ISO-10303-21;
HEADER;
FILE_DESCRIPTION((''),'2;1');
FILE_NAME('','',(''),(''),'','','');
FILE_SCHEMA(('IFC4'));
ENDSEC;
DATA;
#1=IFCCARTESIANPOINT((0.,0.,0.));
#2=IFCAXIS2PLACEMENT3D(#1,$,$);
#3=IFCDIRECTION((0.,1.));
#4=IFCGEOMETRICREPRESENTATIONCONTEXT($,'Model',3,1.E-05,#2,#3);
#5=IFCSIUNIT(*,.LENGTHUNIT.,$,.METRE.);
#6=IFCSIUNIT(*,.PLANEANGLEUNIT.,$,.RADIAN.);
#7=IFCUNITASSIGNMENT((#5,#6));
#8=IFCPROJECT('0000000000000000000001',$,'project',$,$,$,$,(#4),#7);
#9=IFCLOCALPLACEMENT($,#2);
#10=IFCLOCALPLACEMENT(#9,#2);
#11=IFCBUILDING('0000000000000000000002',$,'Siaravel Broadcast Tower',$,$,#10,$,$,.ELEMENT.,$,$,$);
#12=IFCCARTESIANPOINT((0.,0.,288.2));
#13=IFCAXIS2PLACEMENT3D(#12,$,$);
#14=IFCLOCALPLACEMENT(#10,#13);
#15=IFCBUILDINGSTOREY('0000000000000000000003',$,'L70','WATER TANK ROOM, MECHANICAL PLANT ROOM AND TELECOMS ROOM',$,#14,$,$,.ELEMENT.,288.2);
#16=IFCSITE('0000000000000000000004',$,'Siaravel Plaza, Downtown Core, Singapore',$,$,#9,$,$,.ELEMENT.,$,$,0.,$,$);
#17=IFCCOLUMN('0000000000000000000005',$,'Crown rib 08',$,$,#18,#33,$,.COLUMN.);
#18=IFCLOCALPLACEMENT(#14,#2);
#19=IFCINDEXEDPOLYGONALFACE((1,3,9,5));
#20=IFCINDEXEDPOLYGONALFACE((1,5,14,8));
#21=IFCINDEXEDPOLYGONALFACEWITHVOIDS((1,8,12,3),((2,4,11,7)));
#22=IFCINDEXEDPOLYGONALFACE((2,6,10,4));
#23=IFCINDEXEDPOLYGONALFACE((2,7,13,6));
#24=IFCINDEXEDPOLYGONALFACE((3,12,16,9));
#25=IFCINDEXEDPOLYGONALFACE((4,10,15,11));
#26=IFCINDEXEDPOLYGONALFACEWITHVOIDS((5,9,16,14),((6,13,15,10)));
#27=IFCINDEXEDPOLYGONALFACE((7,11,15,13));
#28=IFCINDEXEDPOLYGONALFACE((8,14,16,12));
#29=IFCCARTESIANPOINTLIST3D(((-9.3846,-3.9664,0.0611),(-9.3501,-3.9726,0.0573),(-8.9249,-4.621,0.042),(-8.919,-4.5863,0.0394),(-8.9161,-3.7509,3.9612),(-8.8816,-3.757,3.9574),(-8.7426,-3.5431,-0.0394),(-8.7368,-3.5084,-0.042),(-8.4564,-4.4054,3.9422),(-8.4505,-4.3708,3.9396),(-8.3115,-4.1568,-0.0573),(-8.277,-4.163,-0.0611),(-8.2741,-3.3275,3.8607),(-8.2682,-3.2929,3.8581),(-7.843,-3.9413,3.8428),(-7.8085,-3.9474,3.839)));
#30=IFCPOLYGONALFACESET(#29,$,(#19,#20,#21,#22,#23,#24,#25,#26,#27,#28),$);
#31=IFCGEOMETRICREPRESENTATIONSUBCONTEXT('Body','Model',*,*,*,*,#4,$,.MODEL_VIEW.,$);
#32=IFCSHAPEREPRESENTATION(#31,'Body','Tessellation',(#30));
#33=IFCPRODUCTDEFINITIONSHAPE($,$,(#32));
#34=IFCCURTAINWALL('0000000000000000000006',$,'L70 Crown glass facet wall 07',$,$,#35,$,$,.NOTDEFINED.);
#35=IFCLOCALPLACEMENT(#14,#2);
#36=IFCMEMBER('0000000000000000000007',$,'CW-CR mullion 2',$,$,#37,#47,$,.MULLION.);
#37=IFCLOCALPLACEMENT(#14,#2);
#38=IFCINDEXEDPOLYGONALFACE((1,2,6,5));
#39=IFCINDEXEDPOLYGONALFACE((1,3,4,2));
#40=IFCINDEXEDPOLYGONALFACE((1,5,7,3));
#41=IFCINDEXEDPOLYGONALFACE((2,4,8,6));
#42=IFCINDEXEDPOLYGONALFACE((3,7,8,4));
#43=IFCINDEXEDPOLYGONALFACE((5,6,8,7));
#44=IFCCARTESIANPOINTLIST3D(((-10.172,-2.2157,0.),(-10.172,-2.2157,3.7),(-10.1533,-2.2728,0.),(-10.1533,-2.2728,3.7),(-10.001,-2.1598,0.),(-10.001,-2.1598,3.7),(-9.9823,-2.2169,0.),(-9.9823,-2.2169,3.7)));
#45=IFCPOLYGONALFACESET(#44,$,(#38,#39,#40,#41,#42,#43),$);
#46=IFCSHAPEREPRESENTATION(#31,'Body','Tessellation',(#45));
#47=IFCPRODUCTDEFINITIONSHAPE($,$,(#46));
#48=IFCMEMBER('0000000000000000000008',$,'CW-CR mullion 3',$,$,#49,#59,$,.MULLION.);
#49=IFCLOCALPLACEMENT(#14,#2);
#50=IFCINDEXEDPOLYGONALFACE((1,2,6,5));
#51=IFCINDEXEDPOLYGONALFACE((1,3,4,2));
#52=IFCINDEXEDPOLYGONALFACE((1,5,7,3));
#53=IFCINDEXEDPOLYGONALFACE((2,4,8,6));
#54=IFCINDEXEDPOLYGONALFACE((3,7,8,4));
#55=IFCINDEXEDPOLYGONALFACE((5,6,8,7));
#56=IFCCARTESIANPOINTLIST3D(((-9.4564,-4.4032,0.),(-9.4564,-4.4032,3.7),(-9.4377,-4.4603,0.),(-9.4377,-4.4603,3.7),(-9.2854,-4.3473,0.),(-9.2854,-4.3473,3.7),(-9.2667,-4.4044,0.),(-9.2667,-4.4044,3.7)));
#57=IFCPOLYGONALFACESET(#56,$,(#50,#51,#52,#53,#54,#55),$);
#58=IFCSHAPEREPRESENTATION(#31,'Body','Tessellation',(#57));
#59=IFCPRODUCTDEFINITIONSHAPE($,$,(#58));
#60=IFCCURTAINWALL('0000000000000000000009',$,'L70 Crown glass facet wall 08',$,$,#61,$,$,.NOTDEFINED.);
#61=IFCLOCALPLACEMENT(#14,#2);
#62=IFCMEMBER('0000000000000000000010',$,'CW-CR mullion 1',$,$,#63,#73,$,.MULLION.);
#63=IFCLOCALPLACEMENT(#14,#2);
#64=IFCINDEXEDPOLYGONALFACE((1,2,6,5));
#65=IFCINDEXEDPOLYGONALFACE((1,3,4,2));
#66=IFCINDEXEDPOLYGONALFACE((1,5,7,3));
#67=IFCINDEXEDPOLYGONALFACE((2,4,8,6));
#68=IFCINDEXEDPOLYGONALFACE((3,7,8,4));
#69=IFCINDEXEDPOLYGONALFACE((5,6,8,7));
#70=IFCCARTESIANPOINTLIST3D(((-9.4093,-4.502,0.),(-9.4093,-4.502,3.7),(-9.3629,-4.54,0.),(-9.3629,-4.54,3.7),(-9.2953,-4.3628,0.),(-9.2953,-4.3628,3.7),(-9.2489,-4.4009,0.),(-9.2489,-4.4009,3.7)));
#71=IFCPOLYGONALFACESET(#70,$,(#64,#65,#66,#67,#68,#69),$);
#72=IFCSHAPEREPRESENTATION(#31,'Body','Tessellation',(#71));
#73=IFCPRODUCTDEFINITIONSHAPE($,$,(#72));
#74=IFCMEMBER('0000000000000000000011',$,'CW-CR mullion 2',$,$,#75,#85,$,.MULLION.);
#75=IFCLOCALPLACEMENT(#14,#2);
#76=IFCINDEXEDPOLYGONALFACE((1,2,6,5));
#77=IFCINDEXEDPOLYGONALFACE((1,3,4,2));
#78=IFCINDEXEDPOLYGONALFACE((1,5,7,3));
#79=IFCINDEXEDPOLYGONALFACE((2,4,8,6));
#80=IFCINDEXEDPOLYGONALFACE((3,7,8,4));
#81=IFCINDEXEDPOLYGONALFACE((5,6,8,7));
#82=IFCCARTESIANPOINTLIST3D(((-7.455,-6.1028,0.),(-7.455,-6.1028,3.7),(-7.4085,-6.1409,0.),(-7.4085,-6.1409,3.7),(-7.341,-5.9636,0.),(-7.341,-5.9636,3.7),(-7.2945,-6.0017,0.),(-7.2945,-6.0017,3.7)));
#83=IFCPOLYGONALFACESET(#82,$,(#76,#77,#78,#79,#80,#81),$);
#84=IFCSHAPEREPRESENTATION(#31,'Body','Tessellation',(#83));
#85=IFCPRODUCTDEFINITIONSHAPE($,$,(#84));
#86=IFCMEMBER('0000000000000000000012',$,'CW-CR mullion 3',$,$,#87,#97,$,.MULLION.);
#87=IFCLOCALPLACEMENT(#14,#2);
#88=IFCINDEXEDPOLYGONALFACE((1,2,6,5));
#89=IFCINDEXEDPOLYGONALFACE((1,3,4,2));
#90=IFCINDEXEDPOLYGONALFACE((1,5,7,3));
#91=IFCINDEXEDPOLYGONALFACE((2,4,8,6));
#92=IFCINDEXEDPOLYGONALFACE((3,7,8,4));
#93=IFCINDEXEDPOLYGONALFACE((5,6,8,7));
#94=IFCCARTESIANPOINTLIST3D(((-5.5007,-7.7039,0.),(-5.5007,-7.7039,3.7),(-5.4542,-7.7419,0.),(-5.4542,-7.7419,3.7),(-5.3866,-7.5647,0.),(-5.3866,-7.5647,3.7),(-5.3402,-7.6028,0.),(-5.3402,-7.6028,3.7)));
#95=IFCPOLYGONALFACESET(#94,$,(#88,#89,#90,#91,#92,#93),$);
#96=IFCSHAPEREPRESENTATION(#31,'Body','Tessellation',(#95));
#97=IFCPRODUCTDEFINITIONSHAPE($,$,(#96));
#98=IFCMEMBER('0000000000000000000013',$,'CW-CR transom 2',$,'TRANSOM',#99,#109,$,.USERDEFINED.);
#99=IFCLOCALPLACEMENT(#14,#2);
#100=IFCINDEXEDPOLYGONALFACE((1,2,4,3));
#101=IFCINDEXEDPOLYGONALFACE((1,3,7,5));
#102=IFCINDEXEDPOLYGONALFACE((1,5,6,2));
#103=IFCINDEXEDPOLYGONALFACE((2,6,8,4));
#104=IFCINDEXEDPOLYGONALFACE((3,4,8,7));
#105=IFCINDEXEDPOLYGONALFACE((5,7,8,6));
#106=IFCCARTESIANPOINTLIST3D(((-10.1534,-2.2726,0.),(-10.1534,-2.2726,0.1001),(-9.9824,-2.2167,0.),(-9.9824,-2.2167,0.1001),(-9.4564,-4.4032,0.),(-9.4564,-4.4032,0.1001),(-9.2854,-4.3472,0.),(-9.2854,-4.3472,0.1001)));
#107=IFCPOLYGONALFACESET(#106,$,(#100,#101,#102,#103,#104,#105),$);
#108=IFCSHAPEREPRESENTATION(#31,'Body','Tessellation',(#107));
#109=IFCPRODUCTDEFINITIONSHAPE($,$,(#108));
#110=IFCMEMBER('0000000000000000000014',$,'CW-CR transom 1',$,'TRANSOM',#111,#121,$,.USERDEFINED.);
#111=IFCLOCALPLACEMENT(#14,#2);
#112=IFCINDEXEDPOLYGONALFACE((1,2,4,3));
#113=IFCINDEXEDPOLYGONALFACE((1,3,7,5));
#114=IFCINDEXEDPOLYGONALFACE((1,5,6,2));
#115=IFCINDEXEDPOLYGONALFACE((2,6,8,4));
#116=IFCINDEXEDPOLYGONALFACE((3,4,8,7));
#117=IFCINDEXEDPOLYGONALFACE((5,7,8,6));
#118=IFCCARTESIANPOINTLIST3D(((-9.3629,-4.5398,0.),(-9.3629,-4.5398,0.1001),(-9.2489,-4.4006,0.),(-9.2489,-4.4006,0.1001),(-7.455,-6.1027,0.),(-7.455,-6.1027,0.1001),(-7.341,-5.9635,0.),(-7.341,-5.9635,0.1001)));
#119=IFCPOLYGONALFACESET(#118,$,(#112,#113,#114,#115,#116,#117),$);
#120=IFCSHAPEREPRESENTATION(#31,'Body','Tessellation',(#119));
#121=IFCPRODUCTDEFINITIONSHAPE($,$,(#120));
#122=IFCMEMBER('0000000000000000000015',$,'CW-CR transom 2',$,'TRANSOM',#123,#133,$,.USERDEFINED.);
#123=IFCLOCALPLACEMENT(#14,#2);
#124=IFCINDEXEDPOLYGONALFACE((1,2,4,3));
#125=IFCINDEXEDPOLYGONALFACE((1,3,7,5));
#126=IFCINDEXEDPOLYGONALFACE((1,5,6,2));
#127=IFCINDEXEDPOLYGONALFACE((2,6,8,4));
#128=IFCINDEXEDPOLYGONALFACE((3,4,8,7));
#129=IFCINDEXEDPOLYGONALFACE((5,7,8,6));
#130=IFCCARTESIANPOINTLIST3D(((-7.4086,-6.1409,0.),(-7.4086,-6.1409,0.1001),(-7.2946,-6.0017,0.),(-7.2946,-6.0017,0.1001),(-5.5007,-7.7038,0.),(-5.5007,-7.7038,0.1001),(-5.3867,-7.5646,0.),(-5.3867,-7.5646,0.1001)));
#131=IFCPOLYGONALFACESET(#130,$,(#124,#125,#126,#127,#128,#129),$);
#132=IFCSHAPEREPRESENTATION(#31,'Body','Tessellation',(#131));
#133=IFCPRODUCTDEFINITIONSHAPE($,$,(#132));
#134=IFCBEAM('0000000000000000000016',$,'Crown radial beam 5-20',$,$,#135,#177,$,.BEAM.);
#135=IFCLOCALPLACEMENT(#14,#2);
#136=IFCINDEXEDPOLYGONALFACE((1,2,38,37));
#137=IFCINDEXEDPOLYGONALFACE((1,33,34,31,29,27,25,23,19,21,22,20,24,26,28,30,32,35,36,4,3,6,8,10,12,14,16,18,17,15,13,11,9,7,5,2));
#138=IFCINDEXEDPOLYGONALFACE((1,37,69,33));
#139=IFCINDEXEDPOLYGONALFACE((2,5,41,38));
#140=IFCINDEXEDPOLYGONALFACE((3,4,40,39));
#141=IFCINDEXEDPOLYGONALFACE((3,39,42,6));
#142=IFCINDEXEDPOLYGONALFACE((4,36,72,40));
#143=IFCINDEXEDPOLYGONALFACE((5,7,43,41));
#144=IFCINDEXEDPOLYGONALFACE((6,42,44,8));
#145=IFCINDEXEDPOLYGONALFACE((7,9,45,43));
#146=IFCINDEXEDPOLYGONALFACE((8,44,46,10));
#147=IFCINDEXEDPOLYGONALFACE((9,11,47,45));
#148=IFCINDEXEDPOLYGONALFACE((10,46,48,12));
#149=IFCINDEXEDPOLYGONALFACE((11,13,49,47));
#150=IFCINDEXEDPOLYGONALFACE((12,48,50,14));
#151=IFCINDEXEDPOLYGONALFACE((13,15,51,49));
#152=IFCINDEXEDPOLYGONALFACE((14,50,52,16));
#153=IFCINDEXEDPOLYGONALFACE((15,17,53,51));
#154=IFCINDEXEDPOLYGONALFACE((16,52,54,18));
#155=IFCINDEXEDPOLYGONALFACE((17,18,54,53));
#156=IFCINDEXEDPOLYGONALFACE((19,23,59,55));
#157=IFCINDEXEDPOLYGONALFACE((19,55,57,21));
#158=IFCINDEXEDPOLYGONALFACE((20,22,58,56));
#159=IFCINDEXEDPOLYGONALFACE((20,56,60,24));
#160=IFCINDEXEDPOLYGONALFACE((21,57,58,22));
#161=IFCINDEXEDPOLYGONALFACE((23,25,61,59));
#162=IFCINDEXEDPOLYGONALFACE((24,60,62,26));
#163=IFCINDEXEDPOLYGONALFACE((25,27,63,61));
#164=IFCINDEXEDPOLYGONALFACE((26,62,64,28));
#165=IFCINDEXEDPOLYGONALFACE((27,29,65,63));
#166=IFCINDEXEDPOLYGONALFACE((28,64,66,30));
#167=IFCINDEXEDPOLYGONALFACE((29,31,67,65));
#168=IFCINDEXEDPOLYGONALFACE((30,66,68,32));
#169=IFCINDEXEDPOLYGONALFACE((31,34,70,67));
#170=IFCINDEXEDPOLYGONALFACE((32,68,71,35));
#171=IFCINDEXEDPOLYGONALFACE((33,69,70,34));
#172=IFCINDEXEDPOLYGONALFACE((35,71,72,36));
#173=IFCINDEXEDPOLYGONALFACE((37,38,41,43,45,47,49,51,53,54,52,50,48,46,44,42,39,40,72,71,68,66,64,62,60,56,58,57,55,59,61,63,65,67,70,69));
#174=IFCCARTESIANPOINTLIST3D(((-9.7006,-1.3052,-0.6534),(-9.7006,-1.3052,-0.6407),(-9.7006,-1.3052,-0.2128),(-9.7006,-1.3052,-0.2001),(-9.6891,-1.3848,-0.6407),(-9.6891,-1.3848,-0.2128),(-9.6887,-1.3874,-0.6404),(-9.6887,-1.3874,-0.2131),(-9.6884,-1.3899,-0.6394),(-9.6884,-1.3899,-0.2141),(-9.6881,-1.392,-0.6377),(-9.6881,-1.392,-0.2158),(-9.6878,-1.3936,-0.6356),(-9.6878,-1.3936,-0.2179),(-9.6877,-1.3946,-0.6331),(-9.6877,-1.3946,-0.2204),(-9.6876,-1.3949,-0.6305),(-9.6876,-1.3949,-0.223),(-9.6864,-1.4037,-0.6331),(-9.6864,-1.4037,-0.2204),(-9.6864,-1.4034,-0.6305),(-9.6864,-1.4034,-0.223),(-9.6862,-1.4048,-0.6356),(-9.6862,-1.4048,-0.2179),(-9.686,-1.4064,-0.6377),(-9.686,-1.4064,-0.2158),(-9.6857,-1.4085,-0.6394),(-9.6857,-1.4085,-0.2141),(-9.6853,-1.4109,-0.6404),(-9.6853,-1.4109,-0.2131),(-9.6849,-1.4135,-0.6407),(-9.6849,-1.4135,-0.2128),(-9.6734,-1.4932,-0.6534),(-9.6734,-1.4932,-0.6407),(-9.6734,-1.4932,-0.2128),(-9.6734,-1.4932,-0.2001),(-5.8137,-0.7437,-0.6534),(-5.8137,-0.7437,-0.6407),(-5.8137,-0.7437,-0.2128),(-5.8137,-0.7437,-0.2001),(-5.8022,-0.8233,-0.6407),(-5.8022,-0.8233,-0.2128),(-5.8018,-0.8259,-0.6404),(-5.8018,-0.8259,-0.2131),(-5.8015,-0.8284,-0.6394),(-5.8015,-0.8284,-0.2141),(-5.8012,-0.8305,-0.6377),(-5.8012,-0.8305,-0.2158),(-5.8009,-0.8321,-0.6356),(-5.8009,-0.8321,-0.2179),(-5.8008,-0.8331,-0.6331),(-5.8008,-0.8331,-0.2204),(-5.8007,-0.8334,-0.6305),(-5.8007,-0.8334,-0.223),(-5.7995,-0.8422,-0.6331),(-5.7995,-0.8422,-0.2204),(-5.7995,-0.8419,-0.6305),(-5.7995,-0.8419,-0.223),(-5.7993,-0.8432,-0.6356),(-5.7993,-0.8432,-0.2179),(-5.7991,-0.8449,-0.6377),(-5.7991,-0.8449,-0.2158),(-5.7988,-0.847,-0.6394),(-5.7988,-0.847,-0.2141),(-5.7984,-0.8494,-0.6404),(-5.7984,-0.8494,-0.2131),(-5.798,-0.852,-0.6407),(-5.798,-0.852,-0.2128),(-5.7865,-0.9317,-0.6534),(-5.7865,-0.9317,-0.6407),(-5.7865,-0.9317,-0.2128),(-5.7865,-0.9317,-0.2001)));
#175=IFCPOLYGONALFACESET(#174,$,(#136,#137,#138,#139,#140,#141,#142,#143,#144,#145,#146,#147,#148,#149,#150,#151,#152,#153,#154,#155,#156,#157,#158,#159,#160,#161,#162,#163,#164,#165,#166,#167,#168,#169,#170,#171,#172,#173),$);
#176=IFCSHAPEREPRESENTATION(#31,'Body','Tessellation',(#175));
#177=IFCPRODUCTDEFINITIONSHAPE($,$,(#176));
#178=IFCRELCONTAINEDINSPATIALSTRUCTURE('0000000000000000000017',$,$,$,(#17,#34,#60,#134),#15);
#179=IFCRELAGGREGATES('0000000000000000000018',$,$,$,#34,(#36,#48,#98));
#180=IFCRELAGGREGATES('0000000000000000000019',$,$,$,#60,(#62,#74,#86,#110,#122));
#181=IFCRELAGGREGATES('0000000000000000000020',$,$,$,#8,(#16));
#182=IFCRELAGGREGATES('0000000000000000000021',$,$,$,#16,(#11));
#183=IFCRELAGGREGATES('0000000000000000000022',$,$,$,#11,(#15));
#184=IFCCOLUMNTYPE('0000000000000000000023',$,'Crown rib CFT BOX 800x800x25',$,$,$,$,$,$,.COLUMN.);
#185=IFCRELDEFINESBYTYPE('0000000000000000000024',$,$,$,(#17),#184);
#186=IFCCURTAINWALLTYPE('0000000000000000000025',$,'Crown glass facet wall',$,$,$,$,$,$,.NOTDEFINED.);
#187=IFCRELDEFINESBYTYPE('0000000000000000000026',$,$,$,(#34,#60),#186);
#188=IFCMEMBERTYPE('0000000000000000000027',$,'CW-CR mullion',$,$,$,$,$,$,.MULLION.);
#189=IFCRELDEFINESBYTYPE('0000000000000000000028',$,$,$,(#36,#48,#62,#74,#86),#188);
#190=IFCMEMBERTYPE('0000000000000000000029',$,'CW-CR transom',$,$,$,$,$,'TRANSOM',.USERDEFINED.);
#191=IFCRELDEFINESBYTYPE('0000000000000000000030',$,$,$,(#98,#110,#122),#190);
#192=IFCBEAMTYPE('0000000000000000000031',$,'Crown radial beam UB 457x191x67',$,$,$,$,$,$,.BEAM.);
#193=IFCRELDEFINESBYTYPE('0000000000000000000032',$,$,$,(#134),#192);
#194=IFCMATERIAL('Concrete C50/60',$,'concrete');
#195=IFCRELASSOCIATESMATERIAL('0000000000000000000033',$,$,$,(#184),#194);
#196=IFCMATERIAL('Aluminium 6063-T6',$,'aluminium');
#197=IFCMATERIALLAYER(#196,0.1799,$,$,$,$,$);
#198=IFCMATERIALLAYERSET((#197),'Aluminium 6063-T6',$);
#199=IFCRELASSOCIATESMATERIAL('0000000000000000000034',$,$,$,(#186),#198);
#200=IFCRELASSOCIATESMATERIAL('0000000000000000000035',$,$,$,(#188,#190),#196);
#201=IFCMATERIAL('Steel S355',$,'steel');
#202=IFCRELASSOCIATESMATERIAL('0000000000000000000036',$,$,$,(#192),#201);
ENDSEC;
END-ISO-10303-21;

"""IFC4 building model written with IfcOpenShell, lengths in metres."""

from ifc_helpers import new_model, si_unit, direction, frame, origin, origin_2d, place, context, subcontext, project, spatial, rectangle, hollow_rectangle, i_section, extrude, material, layer, layer_set, material_profile, profile_set, type_object, element, aggregate, save


model = new_model("IFC4")

# Units and contexts
model_context = context("Model", 3, precision=1e-05, world=origin(), true_north=direction((0.0, 1.0)))
body_context = subcontext(model_context, "Body", "Model", "MODEL_VIEW")
ifc_project = project(units=[si_unit("LENGTHUNIT", "METRE"), si_unit("PLANEANGLEUNIT", "RADIAN")], contexts=[model_context])

# Site, building, storey
site_placement = place(None, origin())
site = spatial("IfcSite", under=ifc_project, at=site_placement, Name="Siaravel Plaza, Downtown Core, Singapore", CompositionType="ELEMENT", RefElevation=0.0)
building_placement = place(site_placement, origin())
building = spatial("IfcBuilding", under=site, at=building_placement, Name="Siaravel Broadcast Tower", CompositionType="ELEMENT")
storey_placement = place(building_placement, frame((0.0, 0.0, 288.2)))
storey = spatial("IfcBuildingStorey", under=building, at=storey_placement, Name="L70", Description="WATER TANK ROOM, MECHANICAL PLANT ROOM AND TELECOMS ROOM", CompositionType="ELEMENT", Elevation=288.2)

# Column
ifc_material_1 = material(Name="Concrete C50/60", Category="concrete")
ifc_material_profile_1 = material_profile(ifc_material_1, hollow_rectangle(XDim=0.8, YDim=0.8, WallThickness=0.0249, at=origin_2d()))
ifc_profile_set_1 = profile_set([ifc_material_profile_1], Name="Concrete C50/60")
column_type = type_object("IfcColumnType", Name="Crown rib CFT BOX 800x800x25", PredefinedType="COLUMN", material=ifc_profile_set_1)
column_placement = place(storey_placement, frame((-8.8308, -4.0647, 0.0), z_axis=(0.119089, 0.054797, 0.99137), x_axis=(-0.574593, 0.818093, 0.023804)))
element("IfcColumn", 1, at=column_placement, inside=storey, type_object=column_type, Name="Crown rib 08", PredefinedType="COLUMN", context=body_context, shape_type="SweptSolid", body=[
    extrude(hollow_rectangle(XDim=0.8, YDim=0.8, WallThickness=0.0249, at=origin_2d()), origin(), (0.0, 0.0, 1.0), 3.9341),
])

# Curtain walls, members
ifc_material_2 = material(Name="Aluminium 6063-T6", Category="aluminium")
ifc_layer_1 = layer(ifc_material_2, 0.1799)
ifc_layer_set_1 = layer_set([ifc_layer_1], Name="Aluminium 6063-T6")
curtain_wall_type = type_object("IfcCurtainWallType", Name="Crown glass facet wall", PredefinedType="NOTDEFINED", material=ifc_layer_set_1)
curtain_wall_1_placement = place(storey_placement, origin())
curtain_wall_1 = element("IfcCurtainWall", 2, at=curtain_wall_1_placement, inside=storey, type_object=curtain_wall_type, Name="L70 Crown glass facet wall 07", PredefinedType="NOTDEFINED")
ifc_material_profile_2 = material_profile(ifc_material_2, rectangle(XDim=0.1799, YDim=0.0601, at=origin_2d()))
ifc_profile_set_2 = profile_set([ifc_material_profile_2], Name="Aluminium 6063-T6")
member_type_1 = type_object("IfcMemberType", Name="CW-CR mullion", PredefinedType="MULLION", material=ifc_profile_set_2)
member_1_placement = place(storey_placement, frame((-10.0771, -2.2163, 0.0), z_axis=(0.0, 0.0, 1.0), x_axis=(0.950458, 0.310853, 0.0)))
member_1 = element("IfcMember", 3, at=member_1_placement, type_object=member_type_1, Name="CW-CR mullion 2", PredefinedType="MULLION", context=body_context, shape_type="SweptSolid", body=[
    extrude(rectangle(XDim=0.1799, YDim=0.0601, at=origin_2d()), origin(), (0.0, 0.0, 1.0), 3.7),
])
member_2_placement = place(storey_placement, frame((-9.3616, -4.4038, 0.0), z_axis=(0.0, 0.0, 1.0), x_axis=(0.950458, 0.310853, 0.0)))
member_2 = element("IfcMember", 4, at=member_2_placement, type_object=member_type_1, Name="CW-CR mullion 3", PredefinedType="MULLION", context=body_context, shape_type="SweptSolid", body=[
    extrude(rectangle(XDim=0.1799, YDim=0.0601, at=origin_2d()), origin(), (0.0, 0.0, 1.0), 3.7),
])
curtain_wall_2_placement = place(storey_placement, origin())
curtain_wall_2 = element("IfcCurtainWall", 5, at=curtain_wall_2_placement, inside=storey, type_object=curtain_wall_type, Name="L70 Crown glass facet wall 08", PredefinedType="NOTDEFINED")
member_3_placement = place(storey_placement, frame((-9.3291, -4.4514, 0.0), z_axis=(0.0, 0.0, 1.0), x_axis=(0.633718, 0.773564, 0.0)))
member_3 = element("IfcMember", 6, at=member_3_placement, type_object=member_type_1, Name="CW-CR mullion 1", PredefinedType="MULLION", context=body_context, shape_type="SweptSolid", body=[
    extrude(rectangle(XDim=0.1799, YDim=0.0601, at=origin_2d()), origin(), (0.0, 0.0, 1.0), 3.7),
])
member_4_placement = place(storey_placement, frame((-7.3748, -6.0522, 0.0), z_axis=(0.0, 0.0, 1.0), x_axis=(0.633718, 0.773564, 0.0)))
member_4 = element("IfcMember", 7, at=member_4_placement, type_object=member_type_1, Name="CW-CR mullion 2", PredefinedType="MULLION", context=body_context, shape_type="SweptSolid", body=[
    extrude(rectangle(XDim=0.1799, YDim=0.0601, at=origin_2d()), origin(), (0.0, 0.0, 1.0), 3.7),
])
member_5_placement = place(storey_placement, frame((-5.4204, -7.6533, 0.0), z_axis=(0.0, 0.0, 1.0), x_axis=(0.633718, 0.773564, 0.0)))
member_5 = element("IfcMember", 8, at=member_5_placement, type_object=member_type_1, Name="CW-CR mullion 3", PredefinedType="MULLION", context=body_context, shape_type="SweptSolid", body=[
    extrude(rectangle(XDim=0.1799, YDim=0.0601, at=origin_2d()), origin(), (0.0, 0.0, 1.0), 3.7),
])

# Members
ifc_material_profile_3 = material_profile(ifc_material_2, rectangle(XDim=0.1799, YDim=0.1001, at=origin_2d()))
ifc_profile_set_3 = profile_set([ifc_material_profile_3], Name="Aluminium 6063-T6")
member_type_2 = type_object("IfcMemberType", Name="CW-CR transom", ElementType="TRANSOM", PredefinedType="USERDEFINED", material=ifc_profile_set_3)
member_6_placement = place(storey_placement, frame((-10.0679, -2.2446, 0.05), z_axis=(0.31093, -0.950433, 0.0), x_axis=(0.950433, 0.31093, 0.0)))
member_6 = element("IfcMember", 9, at=member_6_placement, type_object=member_type_2, Name="CW-CR transom 2", ObjectType="TRANSOM", PredefinedType="USERDEFINED", context=body_context, shape_type="SweptSolid", body=[
    extrude(rectangle(XDim=0.1799, YDim=0.1001, at=origin_2d()), origin(), (0.0, 0.0, 1.0), 2.2417),
])
member_7_placement = place(storey_placement, frame((-9.3059, -4.4702, 0.05), z_axis=(0.773573, -0.633707, 0.0), x_axis=(0.633707, 0.773573, 0.0)))
member_7 = element("IfcMember", 10, at=member_7_placement, type_object=member_type_2, Name="CW-CR transom 1", ObjectType="TRANSOM", PredefinedType="USERDEFINED", context=body_context, shape_type="SweptSolid", body=[
    extrude(rectangle(XDim=0.1799, YDim=0.1001, at=origin_2d()), origin(), (0.0, 0.0, 1.0), 2.4663),
])
member_8_placement = place(storey_placement, frame((-7.3516, -6.0713, 0.05), z_axis=(0.773573, -0.633707, 0.0), x_axis=(0.633707, 0.773573, 0.0)))
member_8 = element("IfcMember", 11, at=member_8_placement, type_object=member_type_2, Name="CW-CR transom 2", ObjectType="TRANSOM", PredefinedType="USERDEFINED", context=body_context, shape_type="SweptSolid", body=[
    extrude(rectangle(XDim=0.1799, YDim=0.1001, at=origin_2d()), origin(), (0.0, 0.0, 1.0), 2.4663),
])

# Beam
ifc_material_3 = material(Name="Steel S355", Category="steel")
ifc_material_profile_4 = material_profile(ifc_material_3, i_section(OverallWidth=0.1899, OverallDepth=0.4534, WebThickness=0.0085, FlangeThickness=0.0127, FilletRadius=0.0103, at=origin_2d()))
ifc_profile_set_4 = profile_set([ifc_material_profile_4], Name="Steel S355")
beam_type_1 = type_object("IfcBeamType", Name="Crown radial beam UB 457x191x67", PredefinedType="BEAM", material=ifc_profile_set_4)
beam_1_placement = place(storey_placement, frame((-9.687, -1.3992, -0.4268), z_axis=(0.989726, 0.142979, 0.0), x_axis=(-0.142979, 0.989726, 0.0)))
element("IfcBeam", 12, at=beam_1_placement, inside=storey, type_object=beam_type_1, Name="Crown radial beam 5-20", PredefinedType="BEAM", context=body_context, shape_type="SweptSolid", body=[
    extrude(i_section(OverallWidth=0.1899, OverallDepth=0.4534, WebThickness=0.0085, FlangeThickness=0.0127, FilletRadius=0.0103, at=origin_2d()), origin(), (0.0, 0.0, 1.0), 3.9272),
])

aggregate(curtain_wall_1, [member_1, member_2, member_6])
aggregate(curtain_wall_2, [member_3, member_4, member_5, member_7, member_8])

save(model, "model.ifc")
